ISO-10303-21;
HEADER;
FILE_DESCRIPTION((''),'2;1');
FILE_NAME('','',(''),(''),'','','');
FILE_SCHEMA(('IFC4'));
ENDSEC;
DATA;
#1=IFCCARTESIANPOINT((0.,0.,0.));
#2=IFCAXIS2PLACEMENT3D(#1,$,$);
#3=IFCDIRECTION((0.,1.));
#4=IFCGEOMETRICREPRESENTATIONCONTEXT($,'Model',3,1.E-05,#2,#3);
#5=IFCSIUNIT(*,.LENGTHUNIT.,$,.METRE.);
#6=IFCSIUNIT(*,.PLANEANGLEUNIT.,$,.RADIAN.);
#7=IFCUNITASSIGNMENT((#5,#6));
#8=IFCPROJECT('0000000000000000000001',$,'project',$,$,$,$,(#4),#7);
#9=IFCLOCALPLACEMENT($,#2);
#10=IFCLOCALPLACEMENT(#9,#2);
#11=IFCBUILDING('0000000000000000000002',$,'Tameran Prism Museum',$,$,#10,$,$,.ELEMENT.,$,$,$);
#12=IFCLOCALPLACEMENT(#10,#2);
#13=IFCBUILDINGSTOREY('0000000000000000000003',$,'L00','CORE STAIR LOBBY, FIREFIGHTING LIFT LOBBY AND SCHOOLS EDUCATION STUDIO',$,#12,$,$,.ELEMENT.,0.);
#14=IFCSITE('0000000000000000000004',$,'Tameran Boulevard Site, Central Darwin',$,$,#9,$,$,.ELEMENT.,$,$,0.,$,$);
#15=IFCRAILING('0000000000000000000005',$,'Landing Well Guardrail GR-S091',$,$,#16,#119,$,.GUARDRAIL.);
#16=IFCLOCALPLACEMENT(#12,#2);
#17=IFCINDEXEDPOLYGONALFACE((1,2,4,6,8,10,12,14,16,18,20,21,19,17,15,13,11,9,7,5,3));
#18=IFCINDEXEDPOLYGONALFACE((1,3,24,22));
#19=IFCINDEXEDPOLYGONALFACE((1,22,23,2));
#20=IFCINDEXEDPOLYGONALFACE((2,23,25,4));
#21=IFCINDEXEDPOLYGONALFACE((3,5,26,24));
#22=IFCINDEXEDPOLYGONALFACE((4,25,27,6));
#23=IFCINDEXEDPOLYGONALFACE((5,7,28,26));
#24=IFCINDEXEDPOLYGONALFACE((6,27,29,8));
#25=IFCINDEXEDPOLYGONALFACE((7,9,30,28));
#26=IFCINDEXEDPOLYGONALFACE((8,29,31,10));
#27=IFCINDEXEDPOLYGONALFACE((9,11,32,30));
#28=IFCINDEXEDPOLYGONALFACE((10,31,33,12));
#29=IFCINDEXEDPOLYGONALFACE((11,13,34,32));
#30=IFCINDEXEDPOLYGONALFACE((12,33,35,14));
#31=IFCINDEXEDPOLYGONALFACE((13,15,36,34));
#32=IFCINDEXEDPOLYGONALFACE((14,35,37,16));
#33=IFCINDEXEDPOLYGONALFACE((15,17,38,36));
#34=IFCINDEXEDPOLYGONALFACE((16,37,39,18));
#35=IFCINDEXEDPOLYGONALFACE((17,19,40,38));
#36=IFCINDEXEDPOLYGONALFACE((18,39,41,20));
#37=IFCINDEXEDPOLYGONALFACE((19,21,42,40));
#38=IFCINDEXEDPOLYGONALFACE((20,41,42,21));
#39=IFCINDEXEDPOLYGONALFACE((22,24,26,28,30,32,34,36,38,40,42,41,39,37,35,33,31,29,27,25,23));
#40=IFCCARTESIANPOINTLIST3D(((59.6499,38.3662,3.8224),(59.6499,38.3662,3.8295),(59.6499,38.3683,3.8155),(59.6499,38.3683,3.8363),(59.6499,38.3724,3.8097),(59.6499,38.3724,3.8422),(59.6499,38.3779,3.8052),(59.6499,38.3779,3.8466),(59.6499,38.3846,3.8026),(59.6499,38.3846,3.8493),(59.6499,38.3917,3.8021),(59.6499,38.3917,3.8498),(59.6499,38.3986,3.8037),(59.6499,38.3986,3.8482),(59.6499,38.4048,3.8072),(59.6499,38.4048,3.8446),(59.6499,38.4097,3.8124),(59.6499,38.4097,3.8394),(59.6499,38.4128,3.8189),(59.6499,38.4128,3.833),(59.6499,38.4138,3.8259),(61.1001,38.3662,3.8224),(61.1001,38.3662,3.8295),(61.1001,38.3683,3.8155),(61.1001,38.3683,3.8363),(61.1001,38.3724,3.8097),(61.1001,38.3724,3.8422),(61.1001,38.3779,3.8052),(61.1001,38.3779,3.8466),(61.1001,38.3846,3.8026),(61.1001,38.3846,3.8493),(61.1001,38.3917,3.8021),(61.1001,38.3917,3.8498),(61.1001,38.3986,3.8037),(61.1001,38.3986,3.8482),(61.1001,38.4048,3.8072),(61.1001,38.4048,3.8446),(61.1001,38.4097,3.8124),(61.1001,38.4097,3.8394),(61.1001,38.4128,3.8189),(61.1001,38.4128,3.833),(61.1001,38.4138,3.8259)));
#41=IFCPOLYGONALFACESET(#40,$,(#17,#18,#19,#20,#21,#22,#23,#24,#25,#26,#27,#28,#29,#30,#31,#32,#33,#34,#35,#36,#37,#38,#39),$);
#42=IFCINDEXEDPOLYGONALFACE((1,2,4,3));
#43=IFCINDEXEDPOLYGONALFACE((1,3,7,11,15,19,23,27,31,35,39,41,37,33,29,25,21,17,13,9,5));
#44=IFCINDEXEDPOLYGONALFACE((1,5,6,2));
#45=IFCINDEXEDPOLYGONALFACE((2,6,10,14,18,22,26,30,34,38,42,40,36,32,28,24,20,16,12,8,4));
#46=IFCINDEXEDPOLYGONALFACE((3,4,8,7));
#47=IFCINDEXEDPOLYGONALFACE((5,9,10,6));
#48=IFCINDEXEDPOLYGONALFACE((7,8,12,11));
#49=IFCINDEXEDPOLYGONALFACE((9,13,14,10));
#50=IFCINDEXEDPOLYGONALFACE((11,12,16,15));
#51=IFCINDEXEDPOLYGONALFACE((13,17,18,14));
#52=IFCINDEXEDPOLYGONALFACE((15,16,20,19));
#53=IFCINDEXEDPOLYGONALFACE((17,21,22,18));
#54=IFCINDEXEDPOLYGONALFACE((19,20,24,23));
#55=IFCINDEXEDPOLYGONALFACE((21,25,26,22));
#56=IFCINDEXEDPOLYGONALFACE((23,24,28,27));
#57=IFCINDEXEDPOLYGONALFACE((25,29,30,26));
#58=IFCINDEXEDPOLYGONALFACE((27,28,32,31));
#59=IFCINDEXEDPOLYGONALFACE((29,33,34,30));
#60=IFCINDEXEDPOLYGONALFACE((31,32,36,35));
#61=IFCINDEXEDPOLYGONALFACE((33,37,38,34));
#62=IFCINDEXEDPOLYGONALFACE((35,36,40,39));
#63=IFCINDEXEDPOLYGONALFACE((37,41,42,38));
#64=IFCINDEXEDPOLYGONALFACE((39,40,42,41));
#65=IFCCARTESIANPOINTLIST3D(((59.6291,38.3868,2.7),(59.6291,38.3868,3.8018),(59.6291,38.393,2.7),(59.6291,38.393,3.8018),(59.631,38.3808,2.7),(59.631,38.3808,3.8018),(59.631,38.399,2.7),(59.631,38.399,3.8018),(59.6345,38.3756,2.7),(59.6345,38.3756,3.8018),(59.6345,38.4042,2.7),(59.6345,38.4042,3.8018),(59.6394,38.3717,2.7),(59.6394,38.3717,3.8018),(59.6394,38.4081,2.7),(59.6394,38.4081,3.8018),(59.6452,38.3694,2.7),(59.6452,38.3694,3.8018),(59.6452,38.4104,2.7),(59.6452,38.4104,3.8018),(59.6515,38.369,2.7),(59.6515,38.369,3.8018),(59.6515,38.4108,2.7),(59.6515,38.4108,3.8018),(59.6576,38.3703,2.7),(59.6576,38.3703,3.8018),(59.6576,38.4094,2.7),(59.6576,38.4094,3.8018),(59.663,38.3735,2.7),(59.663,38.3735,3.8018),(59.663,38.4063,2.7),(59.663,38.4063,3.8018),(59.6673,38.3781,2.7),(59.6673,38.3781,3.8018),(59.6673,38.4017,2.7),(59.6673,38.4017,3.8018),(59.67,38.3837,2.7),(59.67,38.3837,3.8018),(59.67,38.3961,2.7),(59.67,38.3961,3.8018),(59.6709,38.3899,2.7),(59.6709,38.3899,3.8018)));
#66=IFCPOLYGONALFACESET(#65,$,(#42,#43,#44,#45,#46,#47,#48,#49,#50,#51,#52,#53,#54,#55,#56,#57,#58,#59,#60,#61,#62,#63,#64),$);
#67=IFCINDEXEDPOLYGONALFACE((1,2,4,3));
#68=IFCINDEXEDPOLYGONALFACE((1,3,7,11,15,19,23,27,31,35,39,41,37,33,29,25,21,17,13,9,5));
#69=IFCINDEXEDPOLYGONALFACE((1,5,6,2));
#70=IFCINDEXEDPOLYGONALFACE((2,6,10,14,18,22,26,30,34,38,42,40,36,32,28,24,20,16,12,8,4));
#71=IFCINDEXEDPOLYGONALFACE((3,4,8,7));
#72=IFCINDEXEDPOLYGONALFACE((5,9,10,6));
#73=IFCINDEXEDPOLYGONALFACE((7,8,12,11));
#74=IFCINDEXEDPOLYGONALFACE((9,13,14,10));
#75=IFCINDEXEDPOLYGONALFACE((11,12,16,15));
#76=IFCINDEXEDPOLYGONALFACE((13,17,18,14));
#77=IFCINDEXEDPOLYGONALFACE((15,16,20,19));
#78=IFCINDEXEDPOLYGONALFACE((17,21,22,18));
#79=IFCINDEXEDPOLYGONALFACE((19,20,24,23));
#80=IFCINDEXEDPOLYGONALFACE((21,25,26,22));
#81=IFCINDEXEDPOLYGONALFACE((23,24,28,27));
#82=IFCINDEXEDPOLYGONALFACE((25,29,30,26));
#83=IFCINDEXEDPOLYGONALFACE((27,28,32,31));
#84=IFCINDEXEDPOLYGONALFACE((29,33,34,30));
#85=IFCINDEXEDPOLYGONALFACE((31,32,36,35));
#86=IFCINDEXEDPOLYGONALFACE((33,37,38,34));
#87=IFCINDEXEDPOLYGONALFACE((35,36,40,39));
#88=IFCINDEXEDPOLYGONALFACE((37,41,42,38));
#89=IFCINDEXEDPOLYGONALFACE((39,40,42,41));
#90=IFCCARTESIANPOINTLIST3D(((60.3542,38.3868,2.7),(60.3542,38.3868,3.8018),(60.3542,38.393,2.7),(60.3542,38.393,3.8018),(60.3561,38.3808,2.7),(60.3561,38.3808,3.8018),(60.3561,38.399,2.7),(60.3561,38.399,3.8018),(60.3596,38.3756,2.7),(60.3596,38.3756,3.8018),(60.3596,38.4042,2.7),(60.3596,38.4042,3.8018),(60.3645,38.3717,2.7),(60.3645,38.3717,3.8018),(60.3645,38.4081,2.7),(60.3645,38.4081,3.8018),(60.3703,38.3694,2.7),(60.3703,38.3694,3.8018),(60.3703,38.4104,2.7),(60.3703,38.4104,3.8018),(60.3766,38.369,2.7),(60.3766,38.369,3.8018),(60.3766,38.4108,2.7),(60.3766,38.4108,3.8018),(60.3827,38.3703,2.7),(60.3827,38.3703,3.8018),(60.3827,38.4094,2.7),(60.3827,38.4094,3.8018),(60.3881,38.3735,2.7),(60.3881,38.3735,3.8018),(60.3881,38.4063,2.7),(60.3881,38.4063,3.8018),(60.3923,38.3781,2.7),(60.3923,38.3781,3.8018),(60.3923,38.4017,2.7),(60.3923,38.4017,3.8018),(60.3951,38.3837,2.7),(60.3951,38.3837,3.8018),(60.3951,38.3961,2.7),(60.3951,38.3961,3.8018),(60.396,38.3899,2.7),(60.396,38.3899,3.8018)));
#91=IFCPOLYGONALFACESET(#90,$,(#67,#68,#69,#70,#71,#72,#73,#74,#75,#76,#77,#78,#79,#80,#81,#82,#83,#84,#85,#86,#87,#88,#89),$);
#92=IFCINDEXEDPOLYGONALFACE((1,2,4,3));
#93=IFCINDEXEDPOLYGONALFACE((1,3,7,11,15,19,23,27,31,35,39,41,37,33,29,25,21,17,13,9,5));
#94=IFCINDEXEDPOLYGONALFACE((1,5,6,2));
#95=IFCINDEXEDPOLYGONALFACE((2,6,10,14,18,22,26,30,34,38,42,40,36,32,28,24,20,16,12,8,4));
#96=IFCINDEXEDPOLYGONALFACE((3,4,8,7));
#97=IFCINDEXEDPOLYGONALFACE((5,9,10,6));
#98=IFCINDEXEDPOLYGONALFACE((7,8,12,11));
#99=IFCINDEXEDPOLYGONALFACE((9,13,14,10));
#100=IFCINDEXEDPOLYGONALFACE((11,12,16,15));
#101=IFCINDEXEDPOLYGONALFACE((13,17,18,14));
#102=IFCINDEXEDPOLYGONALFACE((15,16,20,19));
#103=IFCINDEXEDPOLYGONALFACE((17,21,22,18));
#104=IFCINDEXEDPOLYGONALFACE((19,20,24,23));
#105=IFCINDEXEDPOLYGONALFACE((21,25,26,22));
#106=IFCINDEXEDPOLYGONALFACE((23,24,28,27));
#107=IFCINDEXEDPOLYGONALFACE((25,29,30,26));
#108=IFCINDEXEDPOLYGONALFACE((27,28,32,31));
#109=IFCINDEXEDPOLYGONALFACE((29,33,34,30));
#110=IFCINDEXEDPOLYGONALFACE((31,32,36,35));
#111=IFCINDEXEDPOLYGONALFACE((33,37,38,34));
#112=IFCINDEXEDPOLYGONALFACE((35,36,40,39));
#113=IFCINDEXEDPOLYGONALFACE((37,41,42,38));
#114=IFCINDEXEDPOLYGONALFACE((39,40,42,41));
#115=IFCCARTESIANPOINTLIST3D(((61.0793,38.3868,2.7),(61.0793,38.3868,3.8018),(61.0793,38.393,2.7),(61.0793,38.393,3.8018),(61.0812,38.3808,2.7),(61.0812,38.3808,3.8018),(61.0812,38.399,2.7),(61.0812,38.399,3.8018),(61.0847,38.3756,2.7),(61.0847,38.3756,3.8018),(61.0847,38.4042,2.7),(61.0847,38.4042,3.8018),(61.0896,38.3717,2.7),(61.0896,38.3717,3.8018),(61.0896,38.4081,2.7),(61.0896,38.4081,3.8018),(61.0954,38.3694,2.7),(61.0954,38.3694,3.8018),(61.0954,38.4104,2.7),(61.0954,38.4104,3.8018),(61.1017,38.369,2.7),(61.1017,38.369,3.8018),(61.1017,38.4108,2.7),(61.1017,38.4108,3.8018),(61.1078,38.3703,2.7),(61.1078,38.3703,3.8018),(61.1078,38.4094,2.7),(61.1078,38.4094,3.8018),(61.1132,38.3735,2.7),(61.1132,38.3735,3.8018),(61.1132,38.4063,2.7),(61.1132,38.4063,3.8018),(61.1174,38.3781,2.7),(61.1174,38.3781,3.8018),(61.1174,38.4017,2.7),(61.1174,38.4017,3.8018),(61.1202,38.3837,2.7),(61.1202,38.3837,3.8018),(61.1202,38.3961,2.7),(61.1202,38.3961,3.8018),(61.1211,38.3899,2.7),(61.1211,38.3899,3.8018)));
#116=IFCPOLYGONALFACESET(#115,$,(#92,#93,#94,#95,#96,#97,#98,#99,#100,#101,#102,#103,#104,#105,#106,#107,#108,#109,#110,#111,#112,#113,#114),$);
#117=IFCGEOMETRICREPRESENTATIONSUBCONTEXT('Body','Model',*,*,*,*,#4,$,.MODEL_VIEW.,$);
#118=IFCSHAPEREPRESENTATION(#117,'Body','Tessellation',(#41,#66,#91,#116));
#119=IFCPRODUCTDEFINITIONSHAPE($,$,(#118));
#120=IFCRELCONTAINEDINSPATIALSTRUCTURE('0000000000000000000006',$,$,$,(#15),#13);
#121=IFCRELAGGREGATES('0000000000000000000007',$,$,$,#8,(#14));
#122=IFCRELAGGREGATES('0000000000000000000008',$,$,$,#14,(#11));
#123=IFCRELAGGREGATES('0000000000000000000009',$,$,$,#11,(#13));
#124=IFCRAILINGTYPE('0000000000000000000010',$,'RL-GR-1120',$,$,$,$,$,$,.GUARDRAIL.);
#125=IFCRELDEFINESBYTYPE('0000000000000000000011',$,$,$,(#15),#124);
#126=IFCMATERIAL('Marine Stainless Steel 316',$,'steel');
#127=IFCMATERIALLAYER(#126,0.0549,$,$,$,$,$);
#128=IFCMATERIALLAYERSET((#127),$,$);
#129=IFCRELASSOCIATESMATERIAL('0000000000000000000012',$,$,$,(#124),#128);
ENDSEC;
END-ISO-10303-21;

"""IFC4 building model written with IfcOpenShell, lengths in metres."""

from ifc_helpers import new_model, si_unit, direction, frame, origin, origin_2d, place, context, subcontext, project, spatial, circle, extrude, material, layer, layer_set, type_object, element, save


model = new_model("IFC4")

# Units and contexts
model_context = context("Model", 3, precision=1e-05, world=origin(), true_north=direction((0.0, 1.0)))
body_context = subcontext(model_context, "Body", "Model", "MODEL_VIEW")
ifc_project = project(units=[si_unit("LENGTHUNIT", "METRE"), si_unit("PLANEANGLEUNIT", "RADIAN")], contexts=[model_context])

# Site, building, storey
site_placement = place(None, origin())
site = spatial("IfcSite", under=ifc_project, at=site_placement, Name="Tameran Boulevard Site, Central Darwin", CompositionType="ELEMENT", RefElevation=0.0)
building_placement = place(site_placement, origin())
building = spatial("IfcBuilding", under=site, at=building_placement, Name="Tameran Prism Museum", CompositionType="ELEMENT")
storey_placement = place(building_placement, origin())
storey = spatial("IfcBuildingStorey", under=building, at=storey_placement, Name="L00", Description="CORE STAIR LOBBY, FIREFIGHTING LIFT LOBBY AND SCHOOLS EDUCATION STUDIO", CompositionType="ELEMENT", Elevation=0.0)

# Railing
ifc_material_1 = material(Name="Marine Stainless Steel 316", Category="steel")
ifc_layer_1 = layer(ifc_material_1, 0.0549)
ifc_layer_set_1 = layer_set([ifc_layer_1])
railing_type_1 = type_object("IfcRailingType", Name="RL-GR-1120", PredefinedType="GUARDRAIL", material=ifc_layer_set_1)
railing_1_placement = place(storey_placement, frame((59.6499, 38.3899, 2.7)))
element("IfcRailing", 1, at=railing_1_placement, inside=storey, type_object=railing_type_1, Name="Landing Well Guardrail GR-S091", PredefinedType="GUARDRAIL", context=body_context, shape_type="SweptSolid", body=[
    extrude(circle(Radius=0.0239, at=origin_2d()), frame((0.0, 0.0, 1.126), z_axis=(1.0, 0.0, 0.0), x_axis=(0.0, 1.0, 0.0)), (0.0, 0.0, 1.0), 1.4502),
    extrude(circle(Radius=0.021, at=origin_2d()), origin(), (0.0, 0.0, 1.0), 1.1018),
    extrude(circle(Radius=0.021, at=origin_2d()), frame((0.7251, 0.0, 0.0)), (0.0, 0.0, 1.0), 1.1018),
    extrude(circle(Radius=0.021, at=origin_2d()), frame((1.4502, 0.0, 0.0)), (0.0, 0.0, 1.0), 1.1018),
])

save(model, "model.ifc")
